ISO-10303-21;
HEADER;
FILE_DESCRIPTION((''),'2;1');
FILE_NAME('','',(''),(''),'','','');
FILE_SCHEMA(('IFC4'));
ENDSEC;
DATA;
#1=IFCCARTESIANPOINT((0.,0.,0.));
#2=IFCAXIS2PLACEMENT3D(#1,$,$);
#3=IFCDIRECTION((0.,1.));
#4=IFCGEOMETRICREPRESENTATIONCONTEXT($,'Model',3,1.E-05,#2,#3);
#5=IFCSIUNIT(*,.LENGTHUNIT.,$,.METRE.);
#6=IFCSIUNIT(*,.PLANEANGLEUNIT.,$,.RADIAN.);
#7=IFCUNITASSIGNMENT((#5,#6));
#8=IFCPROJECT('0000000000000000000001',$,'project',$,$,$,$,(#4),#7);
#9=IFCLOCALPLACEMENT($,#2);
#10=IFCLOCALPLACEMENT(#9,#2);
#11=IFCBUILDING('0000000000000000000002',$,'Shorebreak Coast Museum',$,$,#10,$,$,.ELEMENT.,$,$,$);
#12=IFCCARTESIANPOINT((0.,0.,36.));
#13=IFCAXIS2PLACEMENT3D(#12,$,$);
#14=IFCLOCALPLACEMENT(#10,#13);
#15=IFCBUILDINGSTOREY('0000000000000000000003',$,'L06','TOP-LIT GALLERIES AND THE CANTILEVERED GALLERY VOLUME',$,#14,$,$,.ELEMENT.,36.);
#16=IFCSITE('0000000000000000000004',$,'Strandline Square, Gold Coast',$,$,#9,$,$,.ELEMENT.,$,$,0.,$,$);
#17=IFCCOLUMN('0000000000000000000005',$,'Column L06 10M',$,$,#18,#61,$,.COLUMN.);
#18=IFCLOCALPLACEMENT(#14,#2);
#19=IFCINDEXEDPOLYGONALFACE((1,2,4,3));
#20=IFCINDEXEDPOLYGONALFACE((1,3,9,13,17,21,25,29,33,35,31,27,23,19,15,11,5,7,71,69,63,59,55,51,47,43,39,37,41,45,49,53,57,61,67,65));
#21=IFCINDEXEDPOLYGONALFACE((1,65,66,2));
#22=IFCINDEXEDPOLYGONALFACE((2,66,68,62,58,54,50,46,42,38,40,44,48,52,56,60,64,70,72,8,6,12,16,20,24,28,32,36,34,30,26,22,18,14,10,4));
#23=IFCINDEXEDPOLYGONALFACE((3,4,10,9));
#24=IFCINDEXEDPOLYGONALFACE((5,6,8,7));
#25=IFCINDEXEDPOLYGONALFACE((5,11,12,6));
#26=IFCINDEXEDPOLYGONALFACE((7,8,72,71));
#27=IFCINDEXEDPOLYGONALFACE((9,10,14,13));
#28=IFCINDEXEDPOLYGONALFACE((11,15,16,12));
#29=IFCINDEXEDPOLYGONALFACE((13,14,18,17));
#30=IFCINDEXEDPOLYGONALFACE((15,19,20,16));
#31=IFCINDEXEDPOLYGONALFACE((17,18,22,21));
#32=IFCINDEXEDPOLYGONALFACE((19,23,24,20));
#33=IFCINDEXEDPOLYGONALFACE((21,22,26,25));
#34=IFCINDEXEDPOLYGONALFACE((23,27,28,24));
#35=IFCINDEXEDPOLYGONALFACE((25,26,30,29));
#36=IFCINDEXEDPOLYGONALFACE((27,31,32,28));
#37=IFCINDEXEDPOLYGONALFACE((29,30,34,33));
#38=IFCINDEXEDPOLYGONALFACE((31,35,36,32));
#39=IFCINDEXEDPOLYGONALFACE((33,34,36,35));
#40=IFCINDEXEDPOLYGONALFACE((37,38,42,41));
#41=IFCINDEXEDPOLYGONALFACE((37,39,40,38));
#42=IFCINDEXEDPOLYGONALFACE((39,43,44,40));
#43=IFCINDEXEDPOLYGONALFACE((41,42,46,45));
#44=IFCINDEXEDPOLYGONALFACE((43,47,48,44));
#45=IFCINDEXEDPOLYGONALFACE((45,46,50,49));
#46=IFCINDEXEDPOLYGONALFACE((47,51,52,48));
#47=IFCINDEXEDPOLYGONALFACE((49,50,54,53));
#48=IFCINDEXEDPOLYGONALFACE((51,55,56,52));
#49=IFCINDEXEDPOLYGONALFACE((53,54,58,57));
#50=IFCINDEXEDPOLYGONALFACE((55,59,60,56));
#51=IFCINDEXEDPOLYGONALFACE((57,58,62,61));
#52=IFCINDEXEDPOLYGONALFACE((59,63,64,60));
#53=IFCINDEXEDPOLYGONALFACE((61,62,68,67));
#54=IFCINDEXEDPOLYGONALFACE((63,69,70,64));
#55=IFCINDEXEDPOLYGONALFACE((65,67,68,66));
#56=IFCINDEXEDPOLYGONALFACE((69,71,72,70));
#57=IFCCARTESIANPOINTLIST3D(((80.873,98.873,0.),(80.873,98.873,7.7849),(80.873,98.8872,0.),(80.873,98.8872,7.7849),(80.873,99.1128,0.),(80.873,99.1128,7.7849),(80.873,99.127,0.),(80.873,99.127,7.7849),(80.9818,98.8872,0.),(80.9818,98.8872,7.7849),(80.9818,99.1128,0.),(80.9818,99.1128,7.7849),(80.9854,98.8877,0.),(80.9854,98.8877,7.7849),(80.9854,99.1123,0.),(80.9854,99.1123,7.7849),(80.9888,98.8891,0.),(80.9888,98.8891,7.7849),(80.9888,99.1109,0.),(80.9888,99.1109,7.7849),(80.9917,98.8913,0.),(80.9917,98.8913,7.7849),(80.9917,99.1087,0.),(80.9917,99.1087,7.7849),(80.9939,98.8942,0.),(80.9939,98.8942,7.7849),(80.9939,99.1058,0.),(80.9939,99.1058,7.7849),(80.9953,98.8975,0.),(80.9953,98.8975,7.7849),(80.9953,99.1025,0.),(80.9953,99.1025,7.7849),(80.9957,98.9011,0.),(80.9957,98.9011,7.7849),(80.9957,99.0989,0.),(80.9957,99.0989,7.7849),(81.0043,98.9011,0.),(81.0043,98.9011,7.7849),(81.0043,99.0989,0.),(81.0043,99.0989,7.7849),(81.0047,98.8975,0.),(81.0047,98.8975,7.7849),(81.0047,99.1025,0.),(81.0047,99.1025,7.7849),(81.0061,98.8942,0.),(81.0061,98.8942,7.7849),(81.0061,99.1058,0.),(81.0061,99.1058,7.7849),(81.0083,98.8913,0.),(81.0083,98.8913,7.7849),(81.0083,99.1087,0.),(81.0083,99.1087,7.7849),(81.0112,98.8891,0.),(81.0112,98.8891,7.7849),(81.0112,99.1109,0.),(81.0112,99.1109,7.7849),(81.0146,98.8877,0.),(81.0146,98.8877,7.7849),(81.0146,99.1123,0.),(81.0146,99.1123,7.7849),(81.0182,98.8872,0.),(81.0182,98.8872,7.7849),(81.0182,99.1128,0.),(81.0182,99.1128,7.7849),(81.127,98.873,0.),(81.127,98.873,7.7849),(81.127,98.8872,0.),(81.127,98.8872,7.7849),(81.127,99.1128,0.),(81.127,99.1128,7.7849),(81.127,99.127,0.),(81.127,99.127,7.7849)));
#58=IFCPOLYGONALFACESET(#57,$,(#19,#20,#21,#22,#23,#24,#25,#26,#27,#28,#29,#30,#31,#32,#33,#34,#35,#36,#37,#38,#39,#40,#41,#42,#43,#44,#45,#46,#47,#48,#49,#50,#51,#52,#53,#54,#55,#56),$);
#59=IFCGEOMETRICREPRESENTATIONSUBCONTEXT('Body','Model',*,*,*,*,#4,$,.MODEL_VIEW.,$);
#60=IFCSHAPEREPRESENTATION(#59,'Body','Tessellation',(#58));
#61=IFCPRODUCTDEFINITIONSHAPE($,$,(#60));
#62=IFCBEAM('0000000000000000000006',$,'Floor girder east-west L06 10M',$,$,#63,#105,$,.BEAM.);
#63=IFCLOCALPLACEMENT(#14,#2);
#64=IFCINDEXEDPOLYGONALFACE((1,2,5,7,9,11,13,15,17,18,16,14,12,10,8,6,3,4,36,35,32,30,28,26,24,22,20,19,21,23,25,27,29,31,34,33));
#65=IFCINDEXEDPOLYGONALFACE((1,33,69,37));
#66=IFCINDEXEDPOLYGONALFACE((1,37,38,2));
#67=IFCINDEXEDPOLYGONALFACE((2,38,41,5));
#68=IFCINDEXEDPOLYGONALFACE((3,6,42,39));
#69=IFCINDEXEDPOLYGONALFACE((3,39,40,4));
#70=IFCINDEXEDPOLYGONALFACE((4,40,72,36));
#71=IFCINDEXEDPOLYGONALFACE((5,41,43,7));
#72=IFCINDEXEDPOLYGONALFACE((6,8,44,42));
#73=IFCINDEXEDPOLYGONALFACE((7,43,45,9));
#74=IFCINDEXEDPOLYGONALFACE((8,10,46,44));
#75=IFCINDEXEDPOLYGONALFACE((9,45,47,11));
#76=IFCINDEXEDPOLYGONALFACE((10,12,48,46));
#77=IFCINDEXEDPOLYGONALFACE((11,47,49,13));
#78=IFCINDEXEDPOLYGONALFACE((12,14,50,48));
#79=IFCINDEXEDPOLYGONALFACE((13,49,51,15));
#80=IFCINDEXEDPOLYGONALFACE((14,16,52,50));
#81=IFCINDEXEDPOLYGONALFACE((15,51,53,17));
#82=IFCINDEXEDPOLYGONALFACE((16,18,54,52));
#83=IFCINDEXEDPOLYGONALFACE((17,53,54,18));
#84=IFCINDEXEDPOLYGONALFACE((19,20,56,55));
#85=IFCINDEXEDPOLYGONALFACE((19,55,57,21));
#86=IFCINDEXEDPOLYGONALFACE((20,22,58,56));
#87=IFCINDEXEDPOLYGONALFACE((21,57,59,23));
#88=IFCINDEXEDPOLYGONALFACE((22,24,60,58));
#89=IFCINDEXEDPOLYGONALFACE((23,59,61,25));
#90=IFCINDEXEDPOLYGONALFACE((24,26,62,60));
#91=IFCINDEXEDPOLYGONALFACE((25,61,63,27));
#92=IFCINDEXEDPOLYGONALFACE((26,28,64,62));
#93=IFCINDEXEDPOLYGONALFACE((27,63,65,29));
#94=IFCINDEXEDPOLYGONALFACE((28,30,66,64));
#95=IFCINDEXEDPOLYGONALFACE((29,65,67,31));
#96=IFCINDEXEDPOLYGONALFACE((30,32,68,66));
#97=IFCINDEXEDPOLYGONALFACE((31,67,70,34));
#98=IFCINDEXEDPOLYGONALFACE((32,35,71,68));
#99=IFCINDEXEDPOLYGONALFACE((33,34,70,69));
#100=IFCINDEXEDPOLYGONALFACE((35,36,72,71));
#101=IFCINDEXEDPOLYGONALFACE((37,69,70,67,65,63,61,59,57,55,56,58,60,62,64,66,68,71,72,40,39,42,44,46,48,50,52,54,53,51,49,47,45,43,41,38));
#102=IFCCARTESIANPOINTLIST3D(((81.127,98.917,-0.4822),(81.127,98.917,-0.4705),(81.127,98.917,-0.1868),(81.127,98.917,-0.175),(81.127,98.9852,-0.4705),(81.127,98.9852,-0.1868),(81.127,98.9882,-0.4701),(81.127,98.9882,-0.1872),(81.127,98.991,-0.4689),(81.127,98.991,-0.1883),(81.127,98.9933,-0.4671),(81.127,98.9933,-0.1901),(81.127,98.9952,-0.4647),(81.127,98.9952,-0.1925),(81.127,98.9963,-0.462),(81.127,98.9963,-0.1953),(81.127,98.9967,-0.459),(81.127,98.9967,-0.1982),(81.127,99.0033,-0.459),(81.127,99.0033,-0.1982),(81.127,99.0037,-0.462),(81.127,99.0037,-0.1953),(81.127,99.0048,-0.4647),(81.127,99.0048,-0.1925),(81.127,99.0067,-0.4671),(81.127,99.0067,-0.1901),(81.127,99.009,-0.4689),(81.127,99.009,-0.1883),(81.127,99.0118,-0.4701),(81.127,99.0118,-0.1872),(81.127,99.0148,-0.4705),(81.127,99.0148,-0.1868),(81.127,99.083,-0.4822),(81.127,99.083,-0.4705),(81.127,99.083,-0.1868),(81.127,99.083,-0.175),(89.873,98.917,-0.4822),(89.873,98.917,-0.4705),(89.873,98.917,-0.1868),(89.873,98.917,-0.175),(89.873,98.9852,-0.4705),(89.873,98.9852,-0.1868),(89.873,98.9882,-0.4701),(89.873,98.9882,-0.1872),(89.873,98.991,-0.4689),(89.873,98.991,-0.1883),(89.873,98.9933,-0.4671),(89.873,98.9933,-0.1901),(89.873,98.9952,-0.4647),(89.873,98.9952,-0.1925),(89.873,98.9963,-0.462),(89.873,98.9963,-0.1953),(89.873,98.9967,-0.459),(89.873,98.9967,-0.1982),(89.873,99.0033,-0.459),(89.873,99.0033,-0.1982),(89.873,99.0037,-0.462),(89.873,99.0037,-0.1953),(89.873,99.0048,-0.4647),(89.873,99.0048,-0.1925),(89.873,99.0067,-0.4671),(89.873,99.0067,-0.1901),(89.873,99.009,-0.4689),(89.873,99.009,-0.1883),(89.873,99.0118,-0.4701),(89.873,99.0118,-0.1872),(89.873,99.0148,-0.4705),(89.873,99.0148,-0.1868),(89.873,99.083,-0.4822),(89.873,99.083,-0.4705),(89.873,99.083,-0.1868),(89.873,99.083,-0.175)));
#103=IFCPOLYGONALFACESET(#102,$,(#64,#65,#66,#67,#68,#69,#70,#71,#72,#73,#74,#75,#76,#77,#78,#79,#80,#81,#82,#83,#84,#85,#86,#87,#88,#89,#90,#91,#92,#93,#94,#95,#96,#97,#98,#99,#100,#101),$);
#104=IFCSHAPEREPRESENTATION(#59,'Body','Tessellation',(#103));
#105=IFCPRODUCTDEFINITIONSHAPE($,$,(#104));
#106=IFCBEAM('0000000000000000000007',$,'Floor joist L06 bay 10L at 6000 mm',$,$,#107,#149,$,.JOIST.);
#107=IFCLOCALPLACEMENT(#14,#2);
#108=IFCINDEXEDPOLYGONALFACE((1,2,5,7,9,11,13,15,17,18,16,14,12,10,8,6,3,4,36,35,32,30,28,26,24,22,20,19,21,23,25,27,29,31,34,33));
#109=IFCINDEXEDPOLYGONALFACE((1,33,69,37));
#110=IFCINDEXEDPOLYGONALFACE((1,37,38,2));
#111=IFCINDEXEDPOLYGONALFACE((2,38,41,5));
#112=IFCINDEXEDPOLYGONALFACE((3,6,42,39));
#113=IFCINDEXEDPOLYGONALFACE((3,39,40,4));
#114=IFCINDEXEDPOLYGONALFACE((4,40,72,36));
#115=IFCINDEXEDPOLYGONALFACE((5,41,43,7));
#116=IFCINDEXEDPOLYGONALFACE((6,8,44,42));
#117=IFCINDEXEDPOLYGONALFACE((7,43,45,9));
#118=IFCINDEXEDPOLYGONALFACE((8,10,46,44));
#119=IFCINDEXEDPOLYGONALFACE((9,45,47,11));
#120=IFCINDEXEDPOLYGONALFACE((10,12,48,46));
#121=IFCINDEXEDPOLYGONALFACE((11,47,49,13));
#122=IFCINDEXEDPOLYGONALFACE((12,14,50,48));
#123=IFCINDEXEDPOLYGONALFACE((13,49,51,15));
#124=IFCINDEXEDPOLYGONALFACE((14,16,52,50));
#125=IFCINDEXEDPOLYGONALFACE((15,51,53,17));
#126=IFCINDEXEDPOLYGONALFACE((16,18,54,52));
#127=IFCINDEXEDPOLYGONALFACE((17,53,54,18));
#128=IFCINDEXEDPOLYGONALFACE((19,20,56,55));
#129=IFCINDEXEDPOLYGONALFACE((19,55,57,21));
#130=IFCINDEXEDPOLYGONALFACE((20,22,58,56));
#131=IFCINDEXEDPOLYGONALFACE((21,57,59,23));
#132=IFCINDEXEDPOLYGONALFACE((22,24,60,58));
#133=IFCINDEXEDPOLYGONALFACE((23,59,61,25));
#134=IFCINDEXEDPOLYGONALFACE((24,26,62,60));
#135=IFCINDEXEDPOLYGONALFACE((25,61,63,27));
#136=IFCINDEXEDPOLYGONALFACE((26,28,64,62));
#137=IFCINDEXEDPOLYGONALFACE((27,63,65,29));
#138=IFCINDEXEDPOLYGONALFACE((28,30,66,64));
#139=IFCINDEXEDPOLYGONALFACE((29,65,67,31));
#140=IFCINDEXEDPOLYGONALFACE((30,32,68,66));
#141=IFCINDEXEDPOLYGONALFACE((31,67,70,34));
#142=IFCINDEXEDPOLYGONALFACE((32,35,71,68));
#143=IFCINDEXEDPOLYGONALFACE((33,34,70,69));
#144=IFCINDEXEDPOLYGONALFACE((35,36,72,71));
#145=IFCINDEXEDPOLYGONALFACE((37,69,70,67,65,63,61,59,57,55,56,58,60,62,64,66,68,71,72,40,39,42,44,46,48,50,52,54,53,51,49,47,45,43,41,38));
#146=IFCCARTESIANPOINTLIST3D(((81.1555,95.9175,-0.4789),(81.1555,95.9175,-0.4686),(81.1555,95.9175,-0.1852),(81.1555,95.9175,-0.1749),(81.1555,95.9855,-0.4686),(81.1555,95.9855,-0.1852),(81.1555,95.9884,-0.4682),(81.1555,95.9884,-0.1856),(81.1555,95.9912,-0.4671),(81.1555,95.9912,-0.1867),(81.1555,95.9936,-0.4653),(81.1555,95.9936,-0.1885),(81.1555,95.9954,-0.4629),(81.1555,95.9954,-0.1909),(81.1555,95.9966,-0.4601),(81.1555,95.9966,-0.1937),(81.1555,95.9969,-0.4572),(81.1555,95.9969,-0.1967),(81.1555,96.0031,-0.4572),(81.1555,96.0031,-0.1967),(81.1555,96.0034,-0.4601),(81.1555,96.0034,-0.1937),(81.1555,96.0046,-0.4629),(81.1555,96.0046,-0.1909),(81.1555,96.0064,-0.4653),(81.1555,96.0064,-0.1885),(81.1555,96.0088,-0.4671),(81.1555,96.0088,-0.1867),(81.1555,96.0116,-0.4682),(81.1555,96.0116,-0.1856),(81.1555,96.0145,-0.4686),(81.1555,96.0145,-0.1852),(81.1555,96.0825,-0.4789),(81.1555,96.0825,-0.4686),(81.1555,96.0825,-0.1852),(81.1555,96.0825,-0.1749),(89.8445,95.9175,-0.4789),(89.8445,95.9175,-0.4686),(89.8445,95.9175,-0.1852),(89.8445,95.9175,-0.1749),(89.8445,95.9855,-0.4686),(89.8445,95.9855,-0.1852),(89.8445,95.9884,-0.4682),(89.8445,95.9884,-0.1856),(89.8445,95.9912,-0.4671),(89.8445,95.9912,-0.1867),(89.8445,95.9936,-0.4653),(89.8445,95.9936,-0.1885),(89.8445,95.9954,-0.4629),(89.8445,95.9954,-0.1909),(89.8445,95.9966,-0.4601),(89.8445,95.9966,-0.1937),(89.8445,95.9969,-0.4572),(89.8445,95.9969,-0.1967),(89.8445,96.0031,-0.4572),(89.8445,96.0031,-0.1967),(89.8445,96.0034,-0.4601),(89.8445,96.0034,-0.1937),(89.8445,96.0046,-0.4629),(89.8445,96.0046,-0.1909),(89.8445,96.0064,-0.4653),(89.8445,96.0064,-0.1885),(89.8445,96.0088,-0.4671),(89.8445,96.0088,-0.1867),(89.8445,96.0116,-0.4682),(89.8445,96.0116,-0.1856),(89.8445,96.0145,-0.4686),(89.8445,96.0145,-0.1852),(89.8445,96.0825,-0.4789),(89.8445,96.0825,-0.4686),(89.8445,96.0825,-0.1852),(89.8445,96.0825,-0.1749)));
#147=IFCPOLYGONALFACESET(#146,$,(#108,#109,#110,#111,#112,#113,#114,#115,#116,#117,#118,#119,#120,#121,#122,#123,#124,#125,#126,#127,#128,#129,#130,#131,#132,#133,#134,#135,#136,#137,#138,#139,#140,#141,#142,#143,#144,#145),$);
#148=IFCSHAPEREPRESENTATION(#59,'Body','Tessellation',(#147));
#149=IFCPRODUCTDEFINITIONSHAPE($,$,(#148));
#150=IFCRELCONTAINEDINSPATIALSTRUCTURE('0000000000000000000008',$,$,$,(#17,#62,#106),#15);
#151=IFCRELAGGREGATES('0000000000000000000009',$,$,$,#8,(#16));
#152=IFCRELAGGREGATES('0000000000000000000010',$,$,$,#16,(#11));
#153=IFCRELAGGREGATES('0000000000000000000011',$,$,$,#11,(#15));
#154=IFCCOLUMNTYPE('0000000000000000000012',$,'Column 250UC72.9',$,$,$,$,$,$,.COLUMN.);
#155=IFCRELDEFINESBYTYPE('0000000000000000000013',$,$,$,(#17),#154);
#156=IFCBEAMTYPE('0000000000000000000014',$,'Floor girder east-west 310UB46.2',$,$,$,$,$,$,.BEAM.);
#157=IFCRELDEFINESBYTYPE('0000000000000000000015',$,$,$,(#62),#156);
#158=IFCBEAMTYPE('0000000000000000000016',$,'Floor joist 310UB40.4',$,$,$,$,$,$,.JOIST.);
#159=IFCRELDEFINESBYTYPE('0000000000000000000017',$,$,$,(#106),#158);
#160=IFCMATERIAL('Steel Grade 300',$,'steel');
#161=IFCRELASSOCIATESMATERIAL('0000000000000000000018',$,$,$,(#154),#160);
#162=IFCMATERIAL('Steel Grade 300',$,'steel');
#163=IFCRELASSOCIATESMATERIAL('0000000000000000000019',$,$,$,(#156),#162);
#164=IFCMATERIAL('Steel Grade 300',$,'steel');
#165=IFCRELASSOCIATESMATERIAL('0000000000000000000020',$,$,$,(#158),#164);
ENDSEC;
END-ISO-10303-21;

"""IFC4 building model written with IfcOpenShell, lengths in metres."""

from ifc_helpers import new_model, si_unit, direction, frame, origin, origin_2d, place, context, subcontext, project, spatial, i_section, extrude, material, material_profile, profile_set, type_object, element, save


model = new_model("IFC4")

# Units and contexts
model_context = context("Model", 3, precision=1e-05, world=origin(), true_north=direction((0.0, 1.0)))
body_context = subcontext(model_context, "Body", "Model", "MODEL_VIEW")
ifc_project = project(units=[si_unit("LENGTHUNIT", "METRE"), si_unit("PLANEANGLEUNIT", "RADIAN")], contexts=[model_context])

# Site, building, storey
site_placement = place(None, origin())
site = spatial("IfcSite", under=ifc_project, at=site_placement, Name="Strandline Square, Gold Coast", CompositionType="ELEMENT", RefElevation=0.0)
building_placement = place(site_placement, origin())
building = spatial("IfcBuilding", under=site, at=building_placement, Name="Shorebreak Coast Museum", CompositionType="ELEMENT")
storey_placement = place(building_placement, frame((0.0, 0.0, 36.0)))
storey = spatial("IfcBuildingStorey", under=building, at=storey_placement, Name="L06", Description="TOP-LIT GALLERIES AND THE CANTILEVERED GALLERY VOLUME", CompositionType="ELEMENT", Elevation=36.0)

# Column
ifc_material_1 = material(Name="Steel Grade 300", Category="steel")
ifc_material_profile_1 = material_profile(ifc_material_1, i_section(OverallWidth=0.2539, OverallDepth=0.2539, WebThickness=0.0085, FlangeThickness=0.0142, FilletRadius=0.0139, at=origin_2d()), Name="250UC72.9")
ifc_profile_set_1 = profile_set([ifc_material_profile_1], Name="Steel Grade 300")
column_type = type_object("IfcColumnType", Name="Column 250UC72.9", PredefinedType="COLUMN", material=ifc_profile_set_1)
column_placement = place(storey_placement, frame((81.0, 99.0, 0.0), z_axis=(0.0, 0.0, 1.0), x_axis=(1.0, 0.0, 0.0)))
element("IfcColumn", 1, at=column_placement, inside=storey, type_object=column_type, Name="Column L06 10M", PredefinedType="COLUMN", context=body_context, shape_type="SweptSolid", body=[
    extrude(i_section(OverallWidth=0.2539, OverallDepth=0.2539, WebThickness=0.0085, FlangeThickness=0.0142, FilletRadius=0.0139, at=origin_2d()), origin(), (0.0, 0.0, 1.0), 7.7849),
])

# Beams
ifc_material_2 = material(Name="Steel Grade 300", Category="steel")
ifc_material_profile_2 = material_profile(ifc_material_2, i_section(OverallWidth=0.166, OverallDepth=0.3071, WebThickness=0.0066, FlangeThickness=0.0117, FilletRadius=0.0115, at=origin_2d()), Name="310UB46.2")
ifc_profile_set_2 = profile_set([ifc_material_profile_2], Name="Steel Grade 300")
beam_type_1 = type_object("IfcBeamType", Name="Floor girder east-west 310UB46.2", PredefinedType="BEAM", material=ifc_profile_set_2)
beam_1_placement = place(storey_placement, frame((81.127, 99.0, -0.3286), z_axis=(1.0, 0.0, 0.0), x_axis=(0.0, 1.0, 0.0)))
element("IfcBeam", 2, at=beam_1_placement, inside=storey, type_object=beam_type_1, Name="Floor girder east-west L06 10M", PredefinedType="BEAM", context=body_context, shape_type="SweptSolid", body=[
    extrude(i_section(OverallWidth=0.166, OverallDepth=0.3071, WebThickness=0.0066, FlangeThickness=0.0117, FilletRadius=0.0115, at=origin_2d()), origin(), (0.0, 0.0, 1.0), 8.7461),
])
ifc_material_3 = material(Name="Steel Grade 300", Category="steel")
ifc_material_profile_3 = material_profile(ifc_material_3, i_section(OverallWidth=0.165, OverallDepth=0.304, WebThickness=0.0061, FlangeThickness=0.0103, FilletRadius=0.0115, at=origin_2d()), Name="310UB40.4")
ifc_profile_set_3 = profile_set([ifc_material_profile_3], Name="Steel Grade 300")
beam_type_2 = type_object("IfcBeamType", Name="Floor joist 310UB40.4", PredefinedType="JOIST", material=ifc_profile_set_3)
beam_2_placement = place(storey_placement, frame((81.1555, 96.0, -0.3269), z_axis=(1.0, 0.0, 0.0), x_axis=(0.0, 1.0, 0.0)))
element("IfcBeam", 3, at=beam_2_placement, inside=storey, type_object=beam_type_2, Name="Floor joist L06 bay 10L at 6000 mm", PredefinedType="JOIST", context=body_context, shape_type="SweptSolid", body=[
    extrude(i_section(OverallWidth=0.165, OverallDepth=0.304, WebThickness=0.0061, FlangeThickness=0.0103, FilletRadius=0.0115, at=origin_2d()), origin(), (0.0, 0.0, 1.0), 8.689),
])

save(model, "model.ifc")
